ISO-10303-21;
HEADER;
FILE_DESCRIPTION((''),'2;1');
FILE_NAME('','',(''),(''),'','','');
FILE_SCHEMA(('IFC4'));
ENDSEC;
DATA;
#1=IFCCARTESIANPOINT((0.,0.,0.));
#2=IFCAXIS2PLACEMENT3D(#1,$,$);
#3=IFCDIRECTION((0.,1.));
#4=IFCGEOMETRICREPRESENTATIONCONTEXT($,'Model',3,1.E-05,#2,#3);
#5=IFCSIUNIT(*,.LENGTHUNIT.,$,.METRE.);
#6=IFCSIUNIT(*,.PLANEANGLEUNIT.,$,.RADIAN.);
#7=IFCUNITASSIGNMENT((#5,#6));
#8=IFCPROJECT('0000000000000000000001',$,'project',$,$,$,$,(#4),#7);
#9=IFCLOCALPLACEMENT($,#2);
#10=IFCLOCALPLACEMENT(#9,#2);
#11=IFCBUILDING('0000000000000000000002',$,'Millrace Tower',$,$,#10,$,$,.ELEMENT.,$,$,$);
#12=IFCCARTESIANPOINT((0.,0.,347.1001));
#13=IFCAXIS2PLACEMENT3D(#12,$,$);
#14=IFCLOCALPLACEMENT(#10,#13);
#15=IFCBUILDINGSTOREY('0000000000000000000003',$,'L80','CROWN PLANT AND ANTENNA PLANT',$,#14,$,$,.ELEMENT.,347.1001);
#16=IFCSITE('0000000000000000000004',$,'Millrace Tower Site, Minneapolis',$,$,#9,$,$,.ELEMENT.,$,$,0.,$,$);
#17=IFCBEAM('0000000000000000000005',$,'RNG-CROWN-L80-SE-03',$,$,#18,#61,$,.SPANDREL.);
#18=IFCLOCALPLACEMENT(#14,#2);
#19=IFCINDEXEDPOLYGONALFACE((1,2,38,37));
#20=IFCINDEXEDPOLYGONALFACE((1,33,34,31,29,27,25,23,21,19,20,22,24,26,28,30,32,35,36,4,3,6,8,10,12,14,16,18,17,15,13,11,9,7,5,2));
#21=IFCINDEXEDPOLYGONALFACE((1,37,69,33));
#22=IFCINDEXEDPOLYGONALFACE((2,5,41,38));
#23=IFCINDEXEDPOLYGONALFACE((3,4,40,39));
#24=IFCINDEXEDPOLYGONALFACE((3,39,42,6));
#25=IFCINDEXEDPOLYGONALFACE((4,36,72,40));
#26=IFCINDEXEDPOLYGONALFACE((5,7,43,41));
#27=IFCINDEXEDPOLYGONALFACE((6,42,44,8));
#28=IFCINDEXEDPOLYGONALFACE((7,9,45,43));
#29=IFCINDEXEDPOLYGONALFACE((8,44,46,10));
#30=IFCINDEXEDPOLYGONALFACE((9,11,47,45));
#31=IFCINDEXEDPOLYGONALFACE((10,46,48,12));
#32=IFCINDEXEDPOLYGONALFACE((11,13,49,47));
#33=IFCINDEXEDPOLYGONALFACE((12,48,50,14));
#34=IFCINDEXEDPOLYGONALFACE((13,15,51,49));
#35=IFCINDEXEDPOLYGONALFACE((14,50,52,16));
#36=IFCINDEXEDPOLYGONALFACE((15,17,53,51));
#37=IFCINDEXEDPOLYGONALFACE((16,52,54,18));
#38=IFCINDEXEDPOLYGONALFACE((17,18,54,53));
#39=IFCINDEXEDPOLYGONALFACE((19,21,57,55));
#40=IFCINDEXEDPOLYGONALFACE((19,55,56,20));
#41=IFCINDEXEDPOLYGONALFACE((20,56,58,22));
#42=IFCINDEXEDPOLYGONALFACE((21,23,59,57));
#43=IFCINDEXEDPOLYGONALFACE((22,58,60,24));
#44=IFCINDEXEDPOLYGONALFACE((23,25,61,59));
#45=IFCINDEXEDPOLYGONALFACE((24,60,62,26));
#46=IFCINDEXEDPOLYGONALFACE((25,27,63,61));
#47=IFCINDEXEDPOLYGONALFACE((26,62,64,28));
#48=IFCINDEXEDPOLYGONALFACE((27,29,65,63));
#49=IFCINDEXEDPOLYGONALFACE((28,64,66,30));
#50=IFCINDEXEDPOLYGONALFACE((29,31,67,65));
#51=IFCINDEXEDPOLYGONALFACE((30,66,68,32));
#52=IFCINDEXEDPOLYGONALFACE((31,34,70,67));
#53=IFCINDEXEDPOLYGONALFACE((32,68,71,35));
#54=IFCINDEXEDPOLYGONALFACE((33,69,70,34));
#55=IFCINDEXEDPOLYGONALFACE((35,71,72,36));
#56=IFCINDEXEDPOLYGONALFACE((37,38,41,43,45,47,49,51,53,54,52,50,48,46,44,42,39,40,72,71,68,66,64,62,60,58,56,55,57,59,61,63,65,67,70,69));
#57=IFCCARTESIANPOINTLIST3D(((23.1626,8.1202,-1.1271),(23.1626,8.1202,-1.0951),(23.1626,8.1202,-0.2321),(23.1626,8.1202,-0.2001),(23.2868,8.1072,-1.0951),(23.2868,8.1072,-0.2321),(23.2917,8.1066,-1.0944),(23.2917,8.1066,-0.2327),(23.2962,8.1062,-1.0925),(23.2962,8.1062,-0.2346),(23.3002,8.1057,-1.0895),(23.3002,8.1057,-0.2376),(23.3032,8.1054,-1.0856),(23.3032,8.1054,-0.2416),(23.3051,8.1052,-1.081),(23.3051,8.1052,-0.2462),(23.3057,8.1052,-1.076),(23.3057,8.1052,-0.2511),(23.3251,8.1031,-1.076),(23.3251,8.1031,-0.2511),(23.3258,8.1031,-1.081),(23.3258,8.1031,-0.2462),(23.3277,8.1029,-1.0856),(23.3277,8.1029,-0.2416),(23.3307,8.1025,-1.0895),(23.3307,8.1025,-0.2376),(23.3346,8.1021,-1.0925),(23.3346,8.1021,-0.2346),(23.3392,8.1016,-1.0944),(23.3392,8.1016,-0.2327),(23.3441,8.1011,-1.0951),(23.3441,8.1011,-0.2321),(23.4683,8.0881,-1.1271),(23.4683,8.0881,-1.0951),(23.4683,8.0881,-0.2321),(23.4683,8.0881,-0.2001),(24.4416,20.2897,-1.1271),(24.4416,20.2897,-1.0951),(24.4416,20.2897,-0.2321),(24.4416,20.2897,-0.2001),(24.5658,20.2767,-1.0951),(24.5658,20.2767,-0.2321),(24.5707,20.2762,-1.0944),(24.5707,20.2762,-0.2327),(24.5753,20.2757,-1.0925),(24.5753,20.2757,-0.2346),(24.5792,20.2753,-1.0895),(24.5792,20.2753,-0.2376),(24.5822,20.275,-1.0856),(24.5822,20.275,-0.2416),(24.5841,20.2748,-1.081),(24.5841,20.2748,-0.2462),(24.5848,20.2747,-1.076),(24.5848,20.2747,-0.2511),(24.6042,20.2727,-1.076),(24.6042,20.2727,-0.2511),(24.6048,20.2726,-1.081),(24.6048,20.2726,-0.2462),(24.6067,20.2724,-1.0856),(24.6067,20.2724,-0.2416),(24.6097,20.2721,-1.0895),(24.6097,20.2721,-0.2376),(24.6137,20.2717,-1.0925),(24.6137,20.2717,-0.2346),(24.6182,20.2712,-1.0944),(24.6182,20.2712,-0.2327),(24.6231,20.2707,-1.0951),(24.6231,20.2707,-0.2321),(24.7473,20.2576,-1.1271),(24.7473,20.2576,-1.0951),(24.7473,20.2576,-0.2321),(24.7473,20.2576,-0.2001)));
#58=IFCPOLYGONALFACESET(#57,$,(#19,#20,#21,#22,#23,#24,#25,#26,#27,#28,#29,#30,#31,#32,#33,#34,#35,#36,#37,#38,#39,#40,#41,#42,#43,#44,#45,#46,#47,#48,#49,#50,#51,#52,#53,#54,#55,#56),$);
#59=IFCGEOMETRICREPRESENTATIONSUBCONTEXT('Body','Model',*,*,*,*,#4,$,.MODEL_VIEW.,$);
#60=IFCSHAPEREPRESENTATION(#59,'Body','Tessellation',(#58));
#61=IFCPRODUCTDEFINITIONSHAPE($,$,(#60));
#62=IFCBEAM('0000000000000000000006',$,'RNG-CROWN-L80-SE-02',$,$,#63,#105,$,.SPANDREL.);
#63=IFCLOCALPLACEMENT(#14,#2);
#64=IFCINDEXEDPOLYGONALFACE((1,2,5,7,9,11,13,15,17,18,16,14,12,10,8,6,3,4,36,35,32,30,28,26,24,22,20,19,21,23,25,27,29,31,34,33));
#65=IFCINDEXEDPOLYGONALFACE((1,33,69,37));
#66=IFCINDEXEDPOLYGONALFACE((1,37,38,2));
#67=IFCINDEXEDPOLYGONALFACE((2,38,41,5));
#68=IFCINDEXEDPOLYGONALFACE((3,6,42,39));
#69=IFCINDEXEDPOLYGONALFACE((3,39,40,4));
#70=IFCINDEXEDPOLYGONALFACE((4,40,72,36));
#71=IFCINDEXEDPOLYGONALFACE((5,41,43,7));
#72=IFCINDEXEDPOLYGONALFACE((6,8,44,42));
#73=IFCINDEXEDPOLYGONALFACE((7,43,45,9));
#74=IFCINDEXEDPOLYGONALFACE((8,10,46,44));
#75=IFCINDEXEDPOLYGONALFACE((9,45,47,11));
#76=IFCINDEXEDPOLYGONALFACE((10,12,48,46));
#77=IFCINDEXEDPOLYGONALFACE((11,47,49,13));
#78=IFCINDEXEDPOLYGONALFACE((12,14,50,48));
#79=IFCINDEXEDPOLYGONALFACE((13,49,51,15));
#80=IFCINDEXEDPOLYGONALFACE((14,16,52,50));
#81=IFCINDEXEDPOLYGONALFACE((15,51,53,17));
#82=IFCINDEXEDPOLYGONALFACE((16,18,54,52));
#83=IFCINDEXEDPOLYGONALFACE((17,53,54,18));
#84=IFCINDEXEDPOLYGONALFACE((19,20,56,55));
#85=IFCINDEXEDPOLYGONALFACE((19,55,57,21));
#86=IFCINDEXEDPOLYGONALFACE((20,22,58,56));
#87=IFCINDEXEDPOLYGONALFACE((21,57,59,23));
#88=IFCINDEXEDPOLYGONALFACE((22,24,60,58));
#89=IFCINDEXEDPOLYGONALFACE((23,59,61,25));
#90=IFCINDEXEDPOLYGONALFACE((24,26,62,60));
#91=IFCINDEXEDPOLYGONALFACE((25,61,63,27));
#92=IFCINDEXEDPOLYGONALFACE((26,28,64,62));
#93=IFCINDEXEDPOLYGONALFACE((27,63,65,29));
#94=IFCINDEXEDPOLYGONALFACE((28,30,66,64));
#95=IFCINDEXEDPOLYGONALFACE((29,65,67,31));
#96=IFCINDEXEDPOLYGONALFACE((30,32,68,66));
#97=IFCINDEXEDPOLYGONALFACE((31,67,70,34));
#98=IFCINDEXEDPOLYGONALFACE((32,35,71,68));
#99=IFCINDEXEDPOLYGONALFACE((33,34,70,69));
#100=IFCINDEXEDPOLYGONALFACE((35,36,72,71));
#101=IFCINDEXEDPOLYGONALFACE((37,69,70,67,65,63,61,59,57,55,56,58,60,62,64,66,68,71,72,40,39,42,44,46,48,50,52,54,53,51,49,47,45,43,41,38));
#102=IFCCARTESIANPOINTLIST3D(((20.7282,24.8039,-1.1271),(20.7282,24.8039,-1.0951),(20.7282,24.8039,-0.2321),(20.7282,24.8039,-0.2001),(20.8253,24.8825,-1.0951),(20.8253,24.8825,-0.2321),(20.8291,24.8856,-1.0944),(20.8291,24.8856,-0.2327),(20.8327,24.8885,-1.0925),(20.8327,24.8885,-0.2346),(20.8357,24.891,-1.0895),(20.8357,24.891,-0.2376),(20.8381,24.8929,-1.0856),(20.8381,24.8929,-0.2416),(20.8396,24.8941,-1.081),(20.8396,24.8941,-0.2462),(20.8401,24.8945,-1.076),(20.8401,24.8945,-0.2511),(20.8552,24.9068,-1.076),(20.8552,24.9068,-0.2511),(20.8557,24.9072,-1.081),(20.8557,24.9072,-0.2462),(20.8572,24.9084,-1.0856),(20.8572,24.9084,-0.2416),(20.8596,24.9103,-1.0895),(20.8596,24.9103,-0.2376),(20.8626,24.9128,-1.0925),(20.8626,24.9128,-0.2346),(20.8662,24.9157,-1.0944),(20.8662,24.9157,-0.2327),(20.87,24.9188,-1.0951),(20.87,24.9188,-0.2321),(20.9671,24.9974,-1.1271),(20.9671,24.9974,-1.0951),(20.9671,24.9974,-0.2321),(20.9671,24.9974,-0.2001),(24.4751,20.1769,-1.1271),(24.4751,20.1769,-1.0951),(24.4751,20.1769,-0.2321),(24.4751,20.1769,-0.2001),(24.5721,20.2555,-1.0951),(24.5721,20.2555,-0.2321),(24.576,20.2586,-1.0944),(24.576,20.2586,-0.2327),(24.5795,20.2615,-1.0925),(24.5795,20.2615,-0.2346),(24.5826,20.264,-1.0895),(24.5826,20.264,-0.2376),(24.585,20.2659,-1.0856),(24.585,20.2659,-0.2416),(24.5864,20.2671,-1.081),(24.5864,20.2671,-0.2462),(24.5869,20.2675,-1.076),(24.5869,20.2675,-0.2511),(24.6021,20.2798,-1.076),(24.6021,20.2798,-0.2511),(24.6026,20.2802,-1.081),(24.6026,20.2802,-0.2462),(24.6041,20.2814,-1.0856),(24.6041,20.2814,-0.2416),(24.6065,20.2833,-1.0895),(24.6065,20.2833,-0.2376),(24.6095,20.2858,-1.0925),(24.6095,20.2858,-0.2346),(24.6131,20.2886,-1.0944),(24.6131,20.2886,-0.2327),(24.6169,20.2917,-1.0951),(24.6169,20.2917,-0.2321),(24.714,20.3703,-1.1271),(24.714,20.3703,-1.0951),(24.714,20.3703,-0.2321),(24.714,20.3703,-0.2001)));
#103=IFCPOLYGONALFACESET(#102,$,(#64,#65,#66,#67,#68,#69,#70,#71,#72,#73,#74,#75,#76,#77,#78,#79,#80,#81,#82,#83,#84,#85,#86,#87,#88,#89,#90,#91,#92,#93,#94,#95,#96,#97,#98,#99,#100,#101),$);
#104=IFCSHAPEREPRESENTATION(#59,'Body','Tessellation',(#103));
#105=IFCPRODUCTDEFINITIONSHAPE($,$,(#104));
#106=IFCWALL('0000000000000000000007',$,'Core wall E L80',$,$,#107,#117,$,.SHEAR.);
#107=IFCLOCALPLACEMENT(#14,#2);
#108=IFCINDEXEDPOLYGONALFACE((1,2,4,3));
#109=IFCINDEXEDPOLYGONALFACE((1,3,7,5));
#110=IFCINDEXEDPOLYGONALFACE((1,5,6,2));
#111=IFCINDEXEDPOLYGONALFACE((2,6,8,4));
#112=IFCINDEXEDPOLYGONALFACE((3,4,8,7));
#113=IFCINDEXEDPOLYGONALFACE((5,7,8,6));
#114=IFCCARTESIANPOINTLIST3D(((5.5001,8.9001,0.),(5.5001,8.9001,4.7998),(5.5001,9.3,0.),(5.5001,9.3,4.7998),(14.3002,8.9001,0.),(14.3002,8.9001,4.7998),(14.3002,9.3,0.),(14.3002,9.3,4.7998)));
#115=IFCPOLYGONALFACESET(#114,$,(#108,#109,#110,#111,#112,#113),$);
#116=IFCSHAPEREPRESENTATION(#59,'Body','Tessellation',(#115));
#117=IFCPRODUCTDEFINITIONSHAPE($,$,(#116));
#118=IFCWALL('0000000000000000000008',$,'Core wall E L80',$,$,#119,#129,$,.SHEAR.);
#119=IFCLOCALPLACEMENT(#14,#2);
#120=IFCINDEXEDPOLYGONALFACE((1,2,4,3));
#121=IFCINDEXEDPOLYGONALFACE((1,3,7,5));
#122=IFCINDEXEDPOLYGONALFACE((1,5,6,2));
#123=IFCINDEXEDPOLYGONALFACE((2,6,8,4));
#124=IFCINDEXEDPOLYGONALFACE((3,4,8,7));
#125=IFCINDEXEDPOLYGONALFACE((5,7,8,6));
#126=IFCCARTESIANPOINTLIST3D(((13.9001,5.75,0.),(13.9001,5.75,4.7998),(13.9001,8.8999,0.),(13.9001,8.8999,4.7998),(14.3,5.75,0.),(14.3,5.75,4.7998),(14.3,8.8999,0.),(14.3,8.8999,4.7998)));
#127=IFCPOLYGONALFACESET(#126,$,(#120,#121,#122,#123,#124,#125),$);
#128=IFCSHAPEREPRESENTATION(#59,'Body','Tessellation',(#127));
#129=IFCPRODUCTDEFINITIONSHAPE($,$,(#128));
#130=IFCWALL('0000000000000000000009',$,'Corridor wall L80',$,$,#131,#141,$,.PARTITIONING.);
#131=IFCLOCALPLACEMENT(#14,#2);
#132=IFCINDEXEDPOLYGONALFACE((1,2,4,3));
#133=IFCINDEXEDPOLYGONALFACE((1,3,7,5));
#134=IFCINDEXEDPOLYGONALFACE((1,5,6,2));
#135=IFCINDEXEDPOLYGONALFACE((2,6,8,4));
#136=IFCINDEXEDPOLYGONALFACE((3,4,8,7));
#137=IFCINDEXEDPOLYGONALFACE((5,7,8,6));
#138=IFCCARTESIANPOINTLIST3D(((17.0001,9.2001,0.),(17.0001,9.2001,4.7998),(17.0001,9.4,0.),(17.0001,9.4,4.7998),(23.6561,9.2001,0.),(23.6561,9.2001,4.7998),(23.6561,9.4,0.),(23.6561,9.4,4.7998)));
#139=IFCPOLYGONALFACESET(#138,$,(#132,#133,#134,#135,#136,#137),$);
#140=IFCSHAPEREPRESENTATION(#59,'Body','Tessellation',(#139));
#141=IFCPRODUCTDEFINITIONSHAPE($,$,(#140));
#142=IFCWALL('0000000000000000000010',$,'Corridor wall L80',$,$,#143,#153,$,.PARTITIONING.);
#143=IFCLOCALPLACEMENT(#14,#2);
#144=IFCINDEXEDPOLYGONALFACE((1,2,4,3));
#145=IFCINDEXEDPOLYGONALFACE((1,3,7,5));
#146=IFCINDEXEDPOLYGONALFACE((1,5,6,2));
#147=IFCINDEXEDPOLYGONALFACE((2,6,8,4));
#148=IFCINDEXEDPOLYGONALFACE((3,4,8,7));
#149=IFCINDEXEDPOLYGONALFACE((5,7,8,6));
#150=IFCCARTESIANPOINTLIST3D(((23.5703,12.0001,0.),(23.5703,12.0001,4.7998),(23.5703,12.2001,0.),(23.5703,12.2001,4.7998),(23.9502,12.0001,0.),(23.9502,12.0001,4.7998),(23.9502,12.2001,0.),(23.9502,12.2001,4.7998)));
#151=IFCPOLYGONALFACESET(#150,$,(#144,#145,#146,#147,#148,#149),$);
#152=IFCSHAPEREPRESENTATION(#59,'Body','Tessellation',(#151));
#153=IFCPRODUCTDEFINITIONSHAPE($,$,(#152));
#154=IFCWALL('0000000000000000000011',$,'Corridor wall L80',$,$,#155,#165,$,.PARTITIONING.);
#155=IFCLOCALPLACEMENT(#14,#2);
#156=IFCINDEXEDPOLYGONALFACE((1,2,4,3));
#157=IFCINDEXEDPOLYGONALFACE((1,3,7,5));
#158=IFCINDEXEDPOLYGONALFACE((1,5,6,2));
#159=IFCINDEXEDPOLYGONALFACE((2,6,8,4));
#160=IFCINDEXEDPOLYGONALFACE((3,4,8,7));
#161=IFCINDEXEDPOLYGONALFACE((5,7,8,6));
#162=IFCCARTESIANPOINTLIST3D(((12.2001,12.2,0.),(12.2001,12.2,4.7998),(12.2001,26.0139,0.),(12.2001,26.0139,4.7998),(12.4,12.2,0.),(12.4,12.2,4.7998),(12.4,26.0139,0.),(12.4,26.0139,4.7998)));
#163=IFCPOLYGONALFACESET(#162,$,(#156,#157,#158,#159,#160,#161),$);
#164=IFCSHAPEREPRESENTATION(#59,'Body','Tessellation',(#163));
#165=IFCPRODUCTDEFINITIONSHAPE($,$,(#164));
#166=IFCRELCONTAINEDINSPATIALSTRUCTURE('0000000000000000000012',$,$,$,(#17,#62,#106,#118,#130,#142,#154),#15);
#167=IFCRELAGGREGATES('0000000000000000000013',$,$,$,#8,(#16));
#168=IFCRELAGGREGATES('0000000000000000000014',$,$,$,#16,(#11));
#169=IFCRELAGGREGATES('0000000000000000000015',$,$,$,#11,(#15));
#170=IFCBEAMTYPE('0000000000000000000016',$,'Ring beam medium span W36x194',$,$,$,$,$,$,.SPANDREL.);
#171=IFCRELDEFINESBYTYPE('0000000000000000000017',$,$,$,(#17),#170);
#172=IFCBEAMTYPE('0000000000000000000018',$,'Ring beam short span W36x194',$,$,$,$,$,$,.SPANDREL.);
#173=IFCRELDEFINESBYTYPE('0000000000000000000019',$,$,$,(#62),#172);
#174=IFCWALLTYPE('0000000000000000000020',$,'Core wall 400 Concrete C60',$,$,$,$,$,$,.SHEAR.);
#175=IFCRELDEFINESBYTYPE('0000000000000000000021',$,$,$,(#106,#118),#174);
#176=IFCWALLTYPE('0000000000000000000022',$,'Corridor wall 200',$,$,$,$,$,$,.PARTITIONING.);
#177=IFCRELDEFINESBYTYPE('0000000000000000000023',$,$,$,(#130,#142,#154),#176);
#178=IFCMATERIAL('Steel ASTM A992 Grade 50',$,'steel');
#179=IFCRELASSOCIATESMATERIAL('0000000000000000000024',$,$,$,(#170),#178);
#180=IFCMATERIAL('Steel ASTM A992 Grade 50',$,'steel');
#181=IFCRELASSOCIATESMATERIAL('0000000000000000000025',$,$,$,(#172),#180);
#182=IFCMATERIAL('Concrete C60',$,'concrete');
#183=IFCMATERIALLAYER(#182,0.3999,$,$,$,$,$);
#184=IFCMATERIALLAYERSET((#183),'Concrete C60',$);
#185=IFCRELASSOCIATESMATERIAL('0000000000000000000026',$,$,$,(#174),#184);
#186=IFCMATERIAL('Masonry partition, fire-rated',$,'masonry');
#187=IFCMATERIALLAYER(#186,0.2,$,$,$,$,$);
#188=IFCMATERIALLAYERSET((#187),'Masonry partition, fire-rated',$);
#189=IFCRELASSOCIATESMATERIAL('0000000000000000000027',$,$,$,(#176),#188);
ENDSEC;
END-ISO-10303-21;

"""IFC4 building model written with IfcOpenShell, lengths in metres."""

from ifc_helpers import new_model, si_unit, direction, frame, frame_2d, origin, origin_2d, place, context, subcontext, project, spatial, rectangle, i_section, extrude, material, layer, layer_set, material_profile, profile_set, type_object, element, save


model = new_model("IFC4")

# Units and contexts
model_context = context("Model", 3, precision=1e-05, world=origin(), true_north=direction((0.0, 1.0)))
body_context = subcontext(model_context, "Body", "Model", "MODEL_VIEW")
ifc_project = project(units=[si_unit("LENGTHUNIT", "METRE"), si_unit("PLANEANGLEUNIT", "RADIAN")], contexts=[model_context])

# Site, building, storey
site_placement = place(None, origin())
site = spatial("IfcSite", under=ifc_project, at=site_placement, Name="Millrace Tower Site, Minneapolis", CompositionType="ELEMENT", RefElevation=0.0)
building_placement = place(site_placement, origin())
building = spatial("IfcBuilding", under=site, at=building_placement, Name="Millrace Tower", CompositionType="ELEMENT")
storey_placement = place(building_placement, frame((0.0, 0.0, 347.1001)))
storey = spatial("IfcBuildingStorey", under=building, at=storey_placement, Name="L80", Description="CROWN PLANT AND ANTENNA PLANT", CompositionType="ELEMENT", Elevation=347.1001)

# Beams
ifc_material_1 = material(Name="Steel ASTM A992 Grade 50", Category="steel")
ifc_material_profile_1 = material_profile(ifc_material_1, i_section(OverallWidth=0.3074, OverallDepth=0.927, WebThickness=0.0195, FlangeThickness=0.032, FilletRadius=0.019, at=origin_2d()))
ifc_profile_set_1 = profile_set([ifc_material_profile_1], Name="Steel ASTM A992 Grade 50")
beam_type_1 = type_object("IfcBeamType", Name="Ring beam medium span W36x194", PredefinedType="SPANDREL", material=ifc_profile_set_1)
beam_1_placement = place(storey_placement, frame((24.5945, 20.2737, -0.6636), z_axis=(-0.104528, -0.994522, 0.0), x_axis=(0.994522, -0.104528, 0.0)))
element("IfcBeam", 1, at=beam_1_placement, inside=storey, type_object=beam_type_1, Name="RNG-CROWN-L80-SE-03", PredefinedType="SPANDREL", context=body_context, shape_type="SweptSolid", body=[
    extrude(i_section(OverallWidth=0.3074, OverallDepth=0.927, WebThickness=0.0195, FlangeThickness=0.032, FilletRadius=0.019, at=origin_2d()), origin(), (0.0, 0.0, 1.0), 12.2366),
])
ifc_material_2 = material(Name="Steel ASTM A992 Grade 50", Category="steel")
ifc_material_profile_2 = material_profile(ifc_material_2, i_section(OverallWidth=0.3074, OverallDepth=0.927, WebThickness=0.0195, FlangeThickness=0.032, FilletRadius=0.019, at=origin_2d()))
ifc_profile_set_2 = profile_set([ifc_material_profile_2], Name="Steel ASTM A992 Grade 50")
beam_type_2 = type_object("IfcBeamType", Name="Ring beam short span W36x194", PredefinedType="SPANDREL", material=ifc_profile_set_2)
beam_2_placement = place(storey_placement, frame((20.8477, 24.9006, -0.6636), z_axis=(0.62932, -0.777147, 0.0), x_axis=(0.777147, 0.62932, 0.0)))
element("IfcBeam", 2, at=beam_2_placement, inside=storey, type_object=beam_type_2, Name="RNG-CROWN-L80-SE-02", PredefinedType="SPANDREL", context=body_context, shape_type="SweptSolid", body=[
    extrude(i_section(OverallWidth=0.3074, OverallDepth=0.927, WebThickness=0.0195, FlangeThickness=0.032, FilletRadius=0.019, at=origin_2d()), origin(), (0.0, 0.0, 1.0), 5.9539),
])

# Walls
ifc_material_3 = material(Name="Concrete C60", Category="concrete")
ifc_layer_1 = layer(ifc_material_3, 0.3999)
ifc_layer_set_1 = layer_set([ifc_layer_1], Name="Concrete C60")
wall_type_1 = type_object("IfcWallType", Name="Core wall 400 Concrete C60", PredefinedType="SHEAR", material=ifc_layer_set_1)
wall_1_placement = place(storey_placement, frame((14.3, 9.1001, 0.0), z_axis=(0.0, 0.0, 1.0), x_axis=(-1.0, 0.0, 0.0)))
element("IfcWall", 3, at=wall_1_placement, inside=storey, type_object=wall_type_1, Name="Core wall E L80", PredefinedType="SHEAR", context=body_context, shape_type="SweptSolid", body=[
    extrude(rectangle(XDim=8.8, YDim=0.3999, at=frame_2d((4.3999, 0.0))), origin(), (0.0, 0.0, 1.0), 4.7998),
])
wall_2_placement = place(storey_placement, frame((14.1001, 8.8999, 0.0), z_axis=(0.0, 0.0, 1.0), x_axis=(0.0, -1.0, 0.0)))
element("IfcWall", 4, at=wall_2_placement, inside=storey, type_object=wall_type_1, Name="Core wall E L80", PredefinedType="SHEAR", context=body_context, shape_type="SweptSolid", body=[
    extrude(rectangle(XDim=3.1499, YDim=0.3999, at=frame_2d((1.575, 0.0))), origin(), (0.0, 0.0, 1.0), 4.7998),
])
ifc_material_4 = material(Name="Masonry partition, fire-rated", Category="masonry")
ifc_layer_2 = layer(ifc_material_4, 0.2)
ifc_layer_set_2 = layer_set([ifc_layer_2], Name="Masonry partition, fire-rated")
wall_type_2 = type_object("IfcWallType", Name="Corridor wall 200", PredefinedType="PARTITIONING", material=ifc_layer_set_2)
wall_3_placement = place(storey_placement, frame((17.0, 9.3, 0.0), z_axis=(0.0, 0.0, 1.0), x_axis=(1.0, 0.0, 0.0)))
element("IfcWall", 5, at=wall_3_placement, inside=storey, type_object=wall_type_2, Name="Corridor wall L80", PredefinedType="PARTITIONING", context=body_context, shape_type="SweptSolid", body=[
    extrude(rectangle(XDim=6.656, YDim=0.2, at=frame_2d((3.3281, 0.0))), origin(), (0.0, 0.0, 1.0), 4.7998),
])
wall_4_placement = place(storey_placement, frame((23.5703, 12.1001, 0.0), z_axis=(0.0, 0.0, 1.0), x_axis=(1.0, 0.0, 0.0)))
element("IfcWall", 6, at=wall_4_placement, inside=storey, type_object=wall_type_2, Name="Corridor wall L80", PredefinedType="PARTITIONING", context=body_context, shape_type="SweptSolid", body=[
    extrude(rectangle(XDim=0.3799, YDim=0.2, at=frame_2d((0.1899, 0.0))), origin(), (0.0, 0.0, 1.0), 4.7998),
])
wall_5_placement = place(storey_placement, frame((12.3, 12.2, 0.0), z_axis=(0.0, 0.0, 1.0), x_axis=(0.0, 1.0, 0.0)))
element("IfcWall", 7, at=wall_5_placement, inside=storey, type_object=wall_type_2, Name="Corridor wall L80", PredefinedType="PARTITIONING", context=body_context, shape_type="SweptSolid", body=[
    extrude(rectangle(XDim=13.814, YDim=0.2, at=frame_2d((6.907, 0.0))), origin(), (0.0, 0.0, 1.0), 4.7998),
])

save(model, "model.ifc")
